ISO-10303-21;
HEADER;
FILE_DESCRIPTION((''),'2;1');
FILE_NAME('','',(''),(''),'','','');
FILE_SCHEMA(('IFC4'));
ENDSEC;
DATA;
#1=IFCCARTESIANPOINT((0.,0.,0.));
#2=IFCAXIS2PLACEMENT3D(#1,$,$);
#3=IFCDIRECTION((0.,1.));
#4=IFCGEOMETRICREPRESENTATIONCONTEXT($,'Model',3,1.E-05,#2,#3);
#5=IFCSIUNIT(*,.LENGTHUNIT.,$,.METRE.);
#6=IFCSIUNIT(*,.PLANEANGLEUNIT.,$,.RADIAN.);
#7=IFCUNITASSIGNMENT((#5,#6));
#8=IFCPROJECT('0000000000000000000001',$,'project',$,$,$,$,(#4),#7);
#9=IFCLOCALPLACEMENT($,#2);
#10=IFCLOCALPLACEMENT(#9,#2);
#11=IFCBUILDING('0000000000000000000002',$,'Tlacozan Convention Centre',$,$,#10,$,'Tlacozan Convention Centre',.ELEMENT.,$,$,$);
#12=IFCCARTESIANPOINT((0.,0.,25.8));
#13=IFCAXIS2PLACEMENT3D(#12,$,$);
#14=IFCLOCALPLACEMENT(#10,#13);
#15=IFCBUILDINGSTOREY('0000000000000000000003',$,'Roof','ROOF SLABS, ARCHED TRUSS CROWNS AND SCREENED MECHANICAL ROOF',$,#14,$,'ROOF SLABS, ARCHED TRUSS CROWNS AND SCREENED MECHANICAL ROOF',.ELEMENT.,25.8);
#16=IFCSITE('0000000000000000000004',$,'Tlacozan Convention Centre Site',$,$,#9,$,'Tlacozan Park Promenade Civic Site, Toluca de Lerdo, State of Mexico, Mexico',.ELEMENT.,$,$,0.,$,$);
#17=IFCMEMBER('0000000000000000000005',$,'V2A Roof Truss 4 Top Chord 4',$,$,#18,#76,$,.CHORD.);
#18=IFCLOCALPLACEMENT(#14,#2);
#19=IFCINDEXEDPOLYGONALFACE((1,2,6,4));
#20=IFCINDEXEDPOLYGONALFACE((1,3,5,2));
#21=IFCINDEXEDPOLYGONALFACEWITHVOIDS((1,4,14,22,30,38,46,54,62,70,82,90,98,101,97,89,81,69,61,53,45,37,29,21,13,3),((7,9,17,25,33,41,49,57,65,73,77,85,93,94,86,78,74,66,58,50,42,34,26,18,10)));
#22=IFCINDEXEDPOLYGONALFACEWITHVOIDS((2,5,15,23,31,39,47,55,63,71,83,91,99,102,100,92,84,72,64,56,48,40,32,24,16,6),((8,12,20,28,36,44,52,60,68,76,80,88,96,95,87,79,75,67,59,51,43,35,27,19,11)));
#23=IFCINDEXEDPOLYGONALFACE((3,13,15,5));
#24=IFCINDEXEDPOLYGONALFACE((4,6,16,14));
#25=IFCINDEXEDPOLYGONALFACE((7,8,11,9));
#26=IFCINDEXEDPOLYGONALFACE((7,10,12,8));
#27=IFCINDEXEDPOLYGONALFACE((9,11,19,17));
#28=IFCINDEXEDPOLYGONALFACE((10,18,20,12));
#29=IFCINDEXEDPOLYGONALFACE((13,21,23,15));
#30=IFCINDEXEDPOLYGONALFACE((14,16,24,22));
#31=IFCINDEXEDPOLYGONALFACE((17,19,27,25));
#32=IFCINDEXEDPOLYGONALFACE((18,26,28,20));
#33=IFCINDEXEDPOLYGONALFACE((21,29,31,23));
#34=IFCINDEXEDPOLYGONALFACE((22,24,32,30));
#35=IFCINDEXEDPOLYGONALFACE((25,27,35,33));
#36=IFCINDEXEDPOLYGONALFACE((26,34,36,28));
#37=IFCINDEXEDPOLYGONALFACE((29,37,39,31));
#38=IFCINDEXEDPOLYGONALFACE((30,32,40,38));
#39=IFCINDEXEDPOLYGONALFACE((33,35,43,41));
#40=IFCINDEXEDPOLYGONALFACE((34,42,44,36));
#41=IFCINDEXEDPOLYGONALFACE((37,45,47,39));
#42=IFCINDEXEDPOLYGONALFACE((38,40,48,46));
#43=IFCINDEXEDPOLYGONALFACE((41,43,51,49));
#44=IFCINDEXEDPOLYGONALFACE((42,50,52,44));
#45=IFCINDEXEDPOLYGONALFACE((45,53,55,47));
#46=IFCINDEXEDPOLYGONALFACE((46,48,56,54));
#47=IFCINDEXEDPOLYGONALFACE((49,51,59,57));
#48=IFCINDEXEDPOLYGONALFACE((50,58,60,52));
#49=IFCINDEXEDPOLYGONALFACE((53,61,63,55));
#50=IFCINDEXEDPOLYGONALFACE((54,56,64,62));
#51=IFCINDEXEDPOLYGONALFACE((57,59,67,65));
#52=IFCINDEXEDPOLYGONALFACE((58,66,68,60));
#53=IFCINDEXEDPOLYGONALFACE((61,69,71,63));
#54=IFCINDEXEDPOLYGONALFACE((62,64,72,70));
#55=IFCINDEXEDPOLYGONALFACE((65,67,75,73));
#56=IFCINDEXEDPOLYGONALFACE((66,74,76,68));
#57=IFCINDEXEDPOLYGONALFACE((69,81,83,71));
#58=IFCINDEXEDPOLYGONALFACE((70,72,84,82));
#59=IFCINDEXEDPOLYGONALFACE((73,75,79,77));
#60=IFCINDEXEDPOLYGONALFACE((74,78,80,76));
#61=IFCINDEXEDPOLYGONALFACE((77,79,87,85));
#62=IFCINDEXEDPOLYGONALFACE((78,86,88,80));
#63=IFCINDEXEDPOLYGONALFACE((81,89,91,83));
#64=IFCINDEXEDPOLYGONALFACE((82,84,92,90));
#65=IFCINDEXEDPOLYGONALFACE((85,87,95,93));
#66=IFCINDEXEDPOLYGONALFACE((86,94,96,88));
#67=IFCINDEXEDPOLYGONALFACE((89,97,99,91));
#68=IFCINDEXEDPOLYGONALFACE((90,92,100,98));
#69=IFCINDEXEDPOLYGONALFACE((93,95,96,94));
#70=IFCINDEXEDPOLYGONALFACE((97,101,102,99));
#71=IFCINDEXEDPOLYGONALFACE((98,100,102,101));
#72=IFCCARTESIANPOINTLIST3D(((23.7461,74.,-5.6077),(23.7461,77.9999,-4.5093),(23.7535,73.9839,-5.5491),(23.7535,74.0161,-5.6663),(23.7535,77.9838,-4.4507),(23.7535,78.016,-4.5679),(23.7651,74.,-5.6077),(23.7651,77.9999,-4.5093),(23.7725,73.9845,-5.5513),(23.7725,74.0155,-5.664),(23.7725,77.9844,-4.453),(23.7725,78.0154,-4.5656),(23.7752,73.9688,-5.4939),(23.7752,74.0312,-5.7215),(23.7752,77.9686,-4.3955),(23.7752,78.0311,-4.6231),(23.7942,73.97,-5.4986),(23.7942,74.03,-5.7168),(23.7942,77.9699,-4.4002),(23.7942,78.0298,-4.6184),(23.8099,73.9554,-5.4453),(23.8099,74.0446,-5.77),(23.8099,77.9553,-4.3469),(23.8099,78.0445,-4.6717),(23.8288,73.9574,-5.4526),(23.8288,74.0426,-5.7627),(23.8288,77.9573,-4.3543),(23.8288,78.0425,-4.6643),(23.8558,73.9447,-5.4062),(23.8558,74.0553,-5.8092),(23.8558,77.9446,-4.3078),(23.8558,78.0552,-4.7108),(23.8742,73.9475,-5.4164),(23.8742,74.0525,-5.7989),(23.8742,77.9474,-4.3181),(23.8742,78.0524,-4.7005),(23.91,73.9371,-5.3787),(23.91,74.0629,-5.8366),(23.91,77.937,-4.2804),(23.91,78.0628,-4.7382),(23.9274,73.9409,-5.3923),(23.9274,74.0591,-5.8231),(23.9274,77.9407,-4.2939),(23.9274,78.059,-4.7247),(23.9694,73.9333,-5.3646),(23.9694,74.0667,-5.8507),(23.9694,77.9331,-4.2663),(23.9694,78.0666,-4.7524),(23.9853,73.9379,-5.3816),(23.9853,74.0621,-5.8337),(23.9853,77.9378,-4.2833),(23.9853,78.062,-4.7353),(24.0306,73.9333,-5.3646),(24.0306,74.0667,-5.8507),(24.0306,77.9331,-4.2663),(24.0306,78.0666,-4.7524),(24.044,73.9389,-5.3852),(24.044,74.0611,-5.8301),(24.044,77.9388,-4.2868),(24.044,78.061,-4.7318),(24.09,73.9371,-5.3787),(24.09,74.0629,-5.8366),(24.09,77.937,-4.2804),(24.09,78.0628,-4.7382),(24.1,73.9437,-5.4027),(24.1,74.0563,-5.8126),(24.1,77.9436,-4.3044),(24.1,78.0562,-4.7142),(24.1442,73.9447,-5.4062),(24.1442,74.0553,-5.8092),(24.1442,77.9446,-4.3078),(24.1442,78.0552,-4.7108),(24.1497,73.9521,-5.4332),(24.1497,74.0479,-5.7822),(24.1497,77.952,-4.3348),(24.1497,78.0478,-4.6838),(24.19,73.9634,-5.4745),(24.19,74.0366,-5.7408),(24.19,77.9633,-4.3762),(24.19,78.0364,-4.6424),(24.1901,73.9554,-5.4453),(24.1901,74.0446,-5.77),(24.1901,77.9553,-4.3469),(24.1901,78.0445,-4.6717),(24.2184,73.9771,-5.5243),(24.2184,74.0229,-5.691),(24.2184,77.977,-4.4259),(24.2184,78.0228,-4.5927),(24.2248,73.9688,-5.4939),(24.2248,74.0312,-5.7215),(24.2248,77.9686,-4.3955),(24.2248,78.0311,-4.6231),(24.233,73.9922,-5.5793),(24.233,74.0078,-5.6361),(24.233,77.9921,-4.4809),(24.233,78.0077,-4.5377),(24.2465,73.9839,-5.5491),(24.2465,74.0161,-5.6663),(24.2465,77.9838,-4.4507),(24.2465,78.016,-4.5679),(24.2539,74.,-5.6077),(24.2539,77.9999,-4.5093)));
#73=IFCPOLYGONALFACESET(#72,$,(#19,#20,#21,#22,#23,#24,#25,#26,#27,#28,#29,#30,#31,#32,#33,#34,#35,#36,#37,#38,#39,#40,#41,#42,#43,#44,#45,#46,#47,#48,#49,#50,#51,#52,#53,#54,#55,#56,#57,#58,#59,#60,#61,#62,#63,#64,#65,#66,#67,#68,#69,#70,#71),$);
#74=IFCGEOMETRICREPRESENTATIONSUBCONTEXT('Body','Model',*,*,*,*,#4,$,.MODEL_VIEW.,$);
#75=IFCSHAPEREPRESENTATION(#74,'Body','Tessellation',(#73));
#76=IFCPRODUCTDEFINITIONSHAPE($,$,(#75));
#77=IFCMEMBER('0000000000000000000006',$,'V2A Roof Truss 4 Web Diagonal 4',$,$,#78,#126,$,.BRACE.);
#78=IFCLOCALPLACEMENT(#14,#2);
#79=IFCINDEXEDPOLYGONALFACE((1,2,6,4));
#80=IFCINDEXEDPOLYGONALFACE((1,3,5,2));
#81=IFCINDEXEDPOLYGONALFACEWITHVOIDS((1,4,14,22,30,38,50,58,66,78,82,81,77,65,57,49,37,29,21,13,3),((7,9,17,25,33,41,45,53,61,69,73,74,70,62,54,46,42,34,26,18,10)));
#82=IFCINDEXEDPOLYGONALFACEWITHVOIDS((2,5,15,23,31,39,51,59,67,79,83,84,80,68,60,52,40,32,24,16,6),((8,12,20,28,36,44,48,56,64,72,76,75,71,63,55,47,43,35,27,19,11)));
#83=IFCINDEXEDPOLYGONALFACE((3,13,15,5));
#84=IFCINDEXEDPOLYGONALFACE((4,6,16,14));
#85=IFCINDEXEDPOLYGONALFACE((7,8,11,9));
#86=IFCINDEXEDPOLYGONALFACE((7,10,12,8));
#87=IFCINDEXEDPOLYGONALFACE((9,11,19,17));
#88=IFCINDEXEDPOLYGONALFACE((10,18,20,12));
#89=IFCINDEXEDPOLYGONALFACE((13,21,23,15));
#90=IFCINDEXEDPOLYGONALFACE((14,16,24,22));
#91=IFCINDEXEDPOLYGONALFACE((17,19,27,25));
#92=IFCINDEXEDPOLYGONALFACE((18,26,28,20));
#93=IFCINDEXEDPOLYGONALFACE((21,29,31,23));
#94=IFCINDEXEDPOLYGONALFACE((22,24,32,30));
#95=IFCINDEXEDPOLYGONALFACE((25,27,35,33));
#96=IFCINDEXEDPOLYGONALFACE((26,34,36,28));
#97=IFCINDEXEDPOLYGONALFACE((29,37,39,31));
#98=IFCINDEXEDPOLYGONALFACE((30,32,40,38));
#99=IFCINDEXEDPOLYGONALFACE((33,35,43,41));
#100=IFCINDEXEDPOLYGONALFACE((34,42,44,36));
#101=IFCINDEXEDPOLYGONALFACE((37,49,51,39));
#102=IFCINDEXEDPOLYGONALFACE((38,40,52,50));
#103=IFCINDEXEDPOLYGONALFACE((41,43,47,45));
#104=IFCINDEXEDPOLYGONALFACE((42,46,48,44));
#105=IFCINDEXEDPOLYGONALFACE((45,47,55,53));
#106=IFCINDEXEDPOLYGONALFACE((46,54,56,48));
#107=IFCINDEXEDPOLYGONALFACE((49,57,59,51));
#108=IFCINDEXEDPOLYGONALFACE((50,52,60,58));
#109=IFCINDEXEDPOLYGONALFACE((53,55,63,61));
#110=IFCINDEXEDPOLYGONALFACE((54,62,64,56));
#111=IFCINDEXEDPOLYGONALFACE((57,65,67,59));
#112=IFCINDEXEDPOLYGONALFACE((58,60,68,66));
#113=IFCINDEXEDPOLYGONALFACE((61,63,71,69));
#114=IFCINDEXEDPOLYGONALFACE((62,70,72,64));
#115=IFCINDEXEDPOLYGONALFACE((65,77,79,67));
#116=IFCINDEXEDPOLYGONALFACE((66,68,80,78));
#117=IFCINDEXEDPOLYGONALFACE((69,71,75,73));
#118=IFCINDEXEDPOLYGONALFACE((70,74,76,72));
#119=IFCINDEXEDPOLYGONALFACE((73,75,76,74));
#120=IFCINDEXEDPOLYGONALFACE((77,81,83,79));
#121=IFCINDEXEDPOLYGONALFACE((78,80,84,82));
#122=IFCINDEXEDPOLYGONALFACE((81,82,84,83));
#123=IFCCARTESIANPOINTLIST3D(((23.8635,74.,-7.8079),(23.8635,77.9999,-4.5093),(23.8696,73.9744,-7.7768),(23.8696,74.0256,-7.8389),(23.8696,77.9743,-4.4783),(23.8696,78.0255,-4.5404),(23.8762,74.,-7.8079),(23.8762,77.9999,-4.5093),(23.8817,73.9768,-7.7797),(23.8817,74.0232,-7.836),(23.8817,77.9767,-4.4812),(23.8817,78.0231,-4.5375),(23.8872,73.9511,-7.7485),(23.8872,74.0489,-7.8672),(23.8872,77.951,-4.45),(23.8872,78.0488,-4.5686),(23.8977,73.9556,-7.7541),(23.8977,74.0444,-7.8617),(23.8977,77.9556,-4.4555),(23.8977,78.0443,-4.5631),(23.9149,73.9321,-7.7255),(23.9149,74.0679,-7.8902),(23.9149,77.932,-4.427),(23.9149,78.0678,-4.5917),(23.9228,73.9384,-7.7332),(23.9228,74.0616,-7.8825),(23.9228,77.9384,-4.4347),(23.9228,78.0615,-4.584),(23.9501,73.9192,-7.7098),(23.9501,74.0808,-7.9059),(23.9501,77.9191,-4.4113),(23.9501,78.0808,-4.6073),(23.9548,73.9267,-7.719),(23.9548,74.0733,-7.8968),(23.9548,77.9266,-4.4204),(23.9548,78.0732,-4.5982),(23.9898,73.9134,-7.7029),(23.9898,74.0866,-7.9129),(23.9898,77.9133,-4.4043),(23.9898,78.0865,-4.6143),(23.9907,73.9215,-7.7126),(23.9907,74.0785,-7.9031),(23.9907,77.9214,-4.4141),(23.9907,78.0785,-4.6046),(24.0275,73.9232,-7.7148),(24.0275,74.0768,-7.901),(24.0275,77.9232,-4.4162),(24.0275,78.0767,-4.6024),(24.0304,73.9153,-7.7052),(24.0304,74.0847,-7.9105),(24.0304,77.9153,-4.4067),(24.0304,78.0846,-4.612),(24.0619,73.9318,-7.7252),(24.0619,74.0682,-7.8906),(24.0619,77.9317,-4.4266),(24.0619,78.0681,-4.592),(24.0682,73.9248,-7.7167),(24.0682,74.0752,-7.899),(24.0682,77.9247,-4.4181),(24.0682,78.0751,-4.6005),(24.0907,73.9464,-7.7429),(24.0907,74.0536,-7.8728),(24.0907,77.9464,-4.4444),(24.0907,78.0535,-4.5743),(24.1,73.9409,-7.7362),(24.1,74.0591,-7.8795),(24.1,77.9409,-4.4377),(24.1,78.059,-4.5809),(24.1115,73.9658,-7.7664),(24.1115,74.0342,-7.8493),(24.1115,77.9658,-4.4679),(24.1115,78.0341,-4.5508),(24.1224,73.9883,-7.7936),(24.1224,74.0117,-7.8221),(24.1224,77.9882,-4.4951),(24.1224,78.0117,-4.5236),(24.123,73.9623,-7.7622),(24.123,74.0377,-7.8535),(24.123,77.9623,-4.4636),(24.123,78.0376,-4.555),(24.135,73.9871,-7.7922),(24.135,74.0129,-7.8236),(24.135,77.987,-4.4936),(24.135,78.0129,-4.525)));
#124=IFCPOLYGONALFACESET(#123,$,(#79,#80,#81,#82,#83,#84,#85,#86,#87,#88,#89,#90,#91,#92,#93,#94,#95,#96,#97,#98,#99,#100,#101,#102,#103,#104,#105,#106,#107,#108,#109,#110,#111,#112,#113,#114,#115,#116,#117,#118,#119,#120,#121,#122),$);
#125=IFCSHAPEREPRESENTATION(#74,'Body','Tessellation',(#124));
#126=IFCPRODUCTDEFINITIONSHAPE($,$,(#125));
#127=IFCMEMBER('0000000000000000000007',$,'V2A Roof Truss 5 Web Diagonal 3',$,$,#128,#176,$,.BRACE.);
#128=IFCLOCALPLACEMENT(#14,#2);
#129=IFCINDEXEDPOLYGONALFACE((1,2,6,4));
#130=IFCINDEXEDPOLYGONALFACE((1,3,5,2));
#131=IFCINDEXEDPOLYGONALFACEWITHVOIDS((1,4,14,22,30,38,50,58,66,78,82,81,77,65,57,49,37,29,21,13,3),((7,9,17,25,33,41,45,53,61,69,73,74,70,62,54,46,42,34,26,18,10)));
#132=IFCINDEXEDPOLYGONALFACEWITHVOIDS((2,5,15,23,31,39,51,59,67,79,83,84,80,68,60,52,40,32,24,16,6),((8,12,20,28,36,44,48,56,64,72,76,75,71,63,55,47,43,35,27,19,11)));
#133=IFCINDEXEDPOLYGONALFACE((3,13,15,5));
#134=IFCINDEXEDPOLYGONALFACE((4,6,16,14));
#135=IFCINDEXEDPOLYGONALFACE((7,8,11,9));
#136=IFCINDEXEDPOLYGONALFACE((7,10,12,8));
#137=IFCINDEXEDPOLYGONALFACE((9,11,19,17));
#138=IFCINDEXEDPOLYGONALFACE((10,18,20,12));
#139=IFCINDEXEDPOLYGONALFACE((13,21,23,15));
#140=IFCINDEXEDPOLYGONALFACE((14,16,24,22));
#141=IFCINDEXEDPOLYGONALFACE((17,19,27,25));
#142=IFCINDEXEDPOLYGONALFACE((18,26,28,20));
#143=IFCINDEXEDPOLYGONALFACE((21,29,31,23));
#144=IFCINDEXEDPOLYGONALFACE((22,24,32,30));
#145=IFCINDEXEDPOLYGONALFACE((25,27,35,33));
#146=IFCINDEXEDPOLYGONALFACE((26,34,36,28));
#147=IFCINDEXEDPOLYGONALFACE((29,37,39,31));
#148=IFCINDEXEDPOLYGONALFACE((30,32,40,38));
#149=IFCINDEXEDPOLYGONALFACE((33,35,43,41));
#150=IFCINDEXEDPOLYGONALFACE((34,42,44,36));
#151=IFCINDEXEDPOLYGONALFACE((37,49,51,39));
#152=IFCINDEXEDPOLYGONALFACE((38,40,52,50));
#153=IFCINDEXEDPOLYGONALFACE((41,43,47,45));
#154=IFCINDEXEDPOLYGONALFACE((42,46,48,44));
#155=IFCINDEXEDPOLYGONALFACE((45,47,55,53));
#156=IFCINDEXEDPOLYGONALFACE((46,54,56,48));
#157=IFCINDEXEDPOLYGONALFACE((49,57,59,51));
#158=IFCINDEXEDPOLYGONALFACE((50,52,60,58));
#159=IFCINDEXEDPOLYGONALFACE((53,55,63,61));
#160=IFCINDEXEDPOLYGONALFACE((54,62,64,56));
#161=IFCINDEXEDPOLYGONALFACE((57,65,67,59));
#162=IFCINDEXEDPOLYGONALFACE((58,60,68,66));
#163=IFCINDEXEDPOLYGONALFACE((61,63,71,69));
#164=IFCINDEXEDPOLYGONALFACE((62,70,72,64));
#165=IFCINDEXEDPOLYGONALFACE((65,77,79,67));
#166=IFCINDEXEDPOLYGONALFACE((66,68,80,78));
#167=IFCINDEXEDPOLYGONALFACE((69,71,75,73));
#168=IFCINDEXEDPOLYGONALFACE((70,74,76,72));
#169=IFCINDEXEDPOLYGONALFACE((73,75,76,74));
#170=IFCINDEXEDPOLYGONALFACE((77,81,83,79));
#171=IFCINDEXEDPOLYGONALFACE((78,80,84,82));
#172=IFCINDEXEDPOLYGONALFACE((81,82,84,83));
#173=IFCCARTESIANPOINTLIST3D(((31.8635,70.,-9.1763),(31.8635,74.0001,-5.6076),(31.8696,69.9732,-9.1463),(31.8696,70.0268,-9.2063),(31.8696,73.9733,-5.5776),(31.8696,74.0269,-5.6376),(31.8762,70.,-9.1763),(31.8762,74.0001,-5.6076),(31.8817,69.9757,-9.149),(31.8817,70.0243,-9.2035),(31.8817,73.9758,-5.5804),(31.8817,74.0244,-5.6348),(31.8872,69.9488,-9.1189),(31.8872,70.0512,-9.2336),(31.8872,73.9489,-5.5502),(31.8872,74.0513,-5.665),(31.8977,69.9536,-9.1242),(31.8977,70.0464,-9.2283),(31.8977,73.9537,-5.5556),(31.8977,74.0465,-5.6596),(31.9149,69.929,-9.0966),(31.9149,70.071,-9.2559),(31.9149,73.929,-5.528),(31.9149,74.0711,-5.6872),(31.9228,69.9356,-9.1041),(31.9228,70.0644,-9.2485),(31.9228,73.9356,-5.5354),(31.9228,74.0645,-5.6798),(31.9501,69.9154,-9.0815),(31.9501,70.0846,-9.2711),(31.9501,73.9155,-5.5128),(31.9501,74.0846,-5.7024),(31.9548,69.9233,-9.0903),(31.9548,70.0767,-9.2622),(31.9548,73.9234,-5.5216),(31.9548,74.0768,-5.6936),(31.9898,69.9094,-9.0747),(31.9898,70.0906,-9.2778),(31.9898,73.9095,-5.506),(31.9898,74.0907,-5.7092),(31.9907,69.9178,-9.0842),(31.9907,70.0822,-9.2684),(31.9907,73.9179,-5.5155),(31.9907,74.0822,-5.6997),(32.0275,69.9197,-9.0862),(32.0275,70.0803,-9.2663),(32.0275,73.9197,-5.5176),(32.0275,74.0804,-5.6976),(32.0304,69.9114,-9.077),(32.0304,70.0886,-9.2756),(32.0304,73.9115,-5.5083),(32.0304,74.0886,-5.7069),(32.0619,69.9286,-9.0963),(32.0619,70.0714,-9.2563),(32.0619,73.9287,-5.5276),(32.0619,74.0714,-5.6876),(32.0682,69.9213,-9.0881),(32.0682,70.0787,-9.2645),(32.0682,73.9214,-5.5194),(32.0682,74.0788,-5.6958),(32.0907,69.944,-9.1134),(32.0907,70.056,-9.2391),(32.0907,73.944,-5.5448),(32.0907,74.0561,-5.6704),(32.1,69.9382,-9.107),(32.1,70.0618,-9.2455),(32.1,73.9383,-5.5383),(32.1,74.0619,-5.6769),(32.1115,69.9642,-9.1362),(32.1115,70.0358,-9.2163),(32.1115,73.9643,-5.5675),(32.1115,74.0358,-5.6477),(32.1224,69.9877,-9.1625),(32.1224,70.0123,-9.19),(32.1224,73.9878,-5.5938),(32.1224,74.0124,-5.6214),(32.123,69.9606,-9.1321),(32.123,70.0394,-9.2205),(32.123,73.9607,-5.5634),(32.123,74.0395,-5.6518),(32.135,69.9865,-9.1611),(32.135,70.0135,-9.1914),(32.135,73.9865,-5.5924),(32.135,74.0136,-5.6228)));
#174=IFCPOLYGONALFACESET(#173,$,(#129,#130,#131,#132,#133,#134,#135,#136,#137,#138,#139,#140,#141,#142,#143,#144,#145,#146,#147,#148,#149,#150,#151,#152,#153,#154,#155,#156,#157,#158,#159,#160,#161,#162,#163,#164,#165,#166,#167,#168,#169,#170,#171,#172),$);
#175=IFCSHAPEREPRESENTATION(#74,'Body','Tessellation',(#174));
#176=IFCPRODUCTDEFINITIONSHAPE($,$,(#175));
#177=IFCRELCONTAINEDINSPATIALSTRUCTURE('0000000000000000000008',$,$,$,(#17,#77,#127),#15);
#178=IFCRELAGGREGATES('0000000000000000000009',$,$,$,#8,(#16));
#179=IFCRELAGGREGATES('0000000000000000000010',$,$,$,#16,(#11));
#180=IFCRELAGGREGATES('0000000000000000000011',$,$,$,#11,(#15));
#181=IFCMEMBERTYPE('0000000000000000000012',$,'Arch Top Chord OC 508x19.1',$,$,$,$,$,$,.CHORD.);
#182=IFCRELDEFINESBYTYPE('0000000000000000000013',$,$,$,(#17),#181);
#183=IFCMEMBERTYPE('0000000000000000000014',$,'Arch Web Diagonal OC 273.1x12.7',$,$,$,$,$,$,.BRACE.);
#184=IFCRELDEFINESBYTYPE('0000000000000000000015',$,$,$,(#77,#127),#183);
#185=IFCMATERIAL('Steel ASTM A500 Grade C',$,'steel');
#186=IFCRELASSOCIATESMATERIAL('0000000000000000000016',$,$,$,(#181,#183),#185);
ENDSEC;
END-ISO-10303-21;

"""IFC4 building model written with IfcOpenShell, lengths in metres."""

from ifc_helpers import new_model, si_unit, direction, frame, origin, origin_2d, place, context, subcontext, project, spatial, hollow_circle, extrude, material, material_profile, profile_set, type_object, element, save


model = new_model("IFC4")

# Units and contexts
model_context = context("Model", 3, precision=1e-05, world=origin(), true_north=direction((0.0, 1.0)))
body_context = subcontext(model_context, "Body", "Model", "MODEL_VIEW")
ifc_project = project(units=[si_unit("LENGTHUNIT", "METRE"), si_unit("PLANEANGLEUNIT", "RADIAN")], contexts=[model_context])

# Site, building, storey
site_placement = place(None, origin())
site = spatial("IfcSite", under=ifc_project, at=site_placement, Name="Tlacozan Convention Centre Site", LongName="Tlacozan Park Promenade Civic Site, Toluca de Lerdo, State of Mexico, Mexico", CompositionType="ELEMENT", RefElevation=0.0)
building_placement = place(site_placement, origin())
building = spatial("IfcBuilding", under=site, at=building_placement, Name="Tlacozan Convention Centre", LongName="Tlacozan Convention Centre", CompositionType="ELEMENT")
storey_placement = place(building_placement, frame((0.0, 0.0, 25.8)))
storey = spatial("IfcBuildingStorey", under=building, at=storey_placement, Name="Roof", Description="ROOF SLABS, ARCHED TRUSS CROWNS AND SCREENED MECHANICAL ROOF", LongName="ROOF SLABS, ARCHED TRUSS CROWNS AND SCREENED MECHANICAL ROOF", CompositionType="ELEMENT", Elevation=25.8)

# Members
ifc_material_1 = material(Name="Steel ASTM A500 Grade C", Category="steel")
ifc_material_profile_1 = material_profile(ifc_material_1, hollow_circle(Radius=0.2539, WallThickness=0.019, at=origin_2d()), Name="OC 508.0x19.1")
ifc_profile_set_1 = profile_set([ifc_material_profile_1], Name="Steel ASTM A500 Grade C")
member_type_1 = type_object("IfcMemberType", Name="Arch Top Chord OC 508x19.1", PredefinedType="CHORD", material=ifc_profile_set_1)
member_1_placement = place(storey_placement, frame((24.0, 74.0, -5.6077), z_axis=(0.0, 0.964305, 0.264795), x_axis=(-1.0, 0.0, 0.0)))
element("IfcMember", 1, at=member_1_placement, inside=storey, type_object=member_type_1, Name="V2A Roof Truss 4 Top Chord 4", PredefinedType="CHORD", context=body_context, shape_type="SweptSolid", body=[
    extrude(hollow_circle(Radius=0.2539, WallThickness=0.019, at=origin_2d()), origin(), (0.0, 0.0, 1.0), 4.1479),
])
ifc_material_profile_2 = material_profile(ifc_material_1, hollow_circle(Radius=0.1365, WallThickness=0.0127, at=origin_2d()), Name="OC 273.1x12.7")
ifc_profile_set_2 = profile_set([ifc_material_profile_2], Name="Steel ASTM A500 Grade C")
member_type_2 = type_object("IfcMemberType", Name="Arch Web Diagonal OC 273.1x12.7", PredefinedType="BRACE", material=ifc_profile_set_2)
member_2_placement = place(storey_placement, frame((24.0, 74.0, -7.8079), z_axis=(0.0, 0.771507, 0.63622), x_axis=(-1.0, 0.0, 0.0)))
element("IfcMember", 2, at=member_2_placement, inside=storey, type_object=member_type_2, Name="V2A Roof Truss 4 Web Diagonal 4", PredefinedType="BRACE", context=body_context, shape_type="SweptSolid", body=[
    extrude(hollow_circle(Radius=0.1365, WallThickness=0.0127, at=origin_2d()), origin(), (0.0, 0.0, 1.0), 5.1846),
])
member_3_placement = place(storey_placement, frame((32.0, 70.0, -9.1763), z_axis=(0.0, 0.746199, 0.665722), x_axis=(-1.0, 0.0, 0.0)))
element("IfcMember", 3, at=member_3_placement, inside=storey, type_object=member_type_2, Name="V2A Roof Truss 5 Web Diagonal 3", PredefinedType="BRACE", context=body_context, shape_type="SweptSolid", body=[
    extrude(hollow_circle(Radius=0.1365, WallThickness=0.0127, at=origin_2d()), origin(), (0.0, 0.0, 1.0), 5.3606),
])

save(model, "model.ifc")
